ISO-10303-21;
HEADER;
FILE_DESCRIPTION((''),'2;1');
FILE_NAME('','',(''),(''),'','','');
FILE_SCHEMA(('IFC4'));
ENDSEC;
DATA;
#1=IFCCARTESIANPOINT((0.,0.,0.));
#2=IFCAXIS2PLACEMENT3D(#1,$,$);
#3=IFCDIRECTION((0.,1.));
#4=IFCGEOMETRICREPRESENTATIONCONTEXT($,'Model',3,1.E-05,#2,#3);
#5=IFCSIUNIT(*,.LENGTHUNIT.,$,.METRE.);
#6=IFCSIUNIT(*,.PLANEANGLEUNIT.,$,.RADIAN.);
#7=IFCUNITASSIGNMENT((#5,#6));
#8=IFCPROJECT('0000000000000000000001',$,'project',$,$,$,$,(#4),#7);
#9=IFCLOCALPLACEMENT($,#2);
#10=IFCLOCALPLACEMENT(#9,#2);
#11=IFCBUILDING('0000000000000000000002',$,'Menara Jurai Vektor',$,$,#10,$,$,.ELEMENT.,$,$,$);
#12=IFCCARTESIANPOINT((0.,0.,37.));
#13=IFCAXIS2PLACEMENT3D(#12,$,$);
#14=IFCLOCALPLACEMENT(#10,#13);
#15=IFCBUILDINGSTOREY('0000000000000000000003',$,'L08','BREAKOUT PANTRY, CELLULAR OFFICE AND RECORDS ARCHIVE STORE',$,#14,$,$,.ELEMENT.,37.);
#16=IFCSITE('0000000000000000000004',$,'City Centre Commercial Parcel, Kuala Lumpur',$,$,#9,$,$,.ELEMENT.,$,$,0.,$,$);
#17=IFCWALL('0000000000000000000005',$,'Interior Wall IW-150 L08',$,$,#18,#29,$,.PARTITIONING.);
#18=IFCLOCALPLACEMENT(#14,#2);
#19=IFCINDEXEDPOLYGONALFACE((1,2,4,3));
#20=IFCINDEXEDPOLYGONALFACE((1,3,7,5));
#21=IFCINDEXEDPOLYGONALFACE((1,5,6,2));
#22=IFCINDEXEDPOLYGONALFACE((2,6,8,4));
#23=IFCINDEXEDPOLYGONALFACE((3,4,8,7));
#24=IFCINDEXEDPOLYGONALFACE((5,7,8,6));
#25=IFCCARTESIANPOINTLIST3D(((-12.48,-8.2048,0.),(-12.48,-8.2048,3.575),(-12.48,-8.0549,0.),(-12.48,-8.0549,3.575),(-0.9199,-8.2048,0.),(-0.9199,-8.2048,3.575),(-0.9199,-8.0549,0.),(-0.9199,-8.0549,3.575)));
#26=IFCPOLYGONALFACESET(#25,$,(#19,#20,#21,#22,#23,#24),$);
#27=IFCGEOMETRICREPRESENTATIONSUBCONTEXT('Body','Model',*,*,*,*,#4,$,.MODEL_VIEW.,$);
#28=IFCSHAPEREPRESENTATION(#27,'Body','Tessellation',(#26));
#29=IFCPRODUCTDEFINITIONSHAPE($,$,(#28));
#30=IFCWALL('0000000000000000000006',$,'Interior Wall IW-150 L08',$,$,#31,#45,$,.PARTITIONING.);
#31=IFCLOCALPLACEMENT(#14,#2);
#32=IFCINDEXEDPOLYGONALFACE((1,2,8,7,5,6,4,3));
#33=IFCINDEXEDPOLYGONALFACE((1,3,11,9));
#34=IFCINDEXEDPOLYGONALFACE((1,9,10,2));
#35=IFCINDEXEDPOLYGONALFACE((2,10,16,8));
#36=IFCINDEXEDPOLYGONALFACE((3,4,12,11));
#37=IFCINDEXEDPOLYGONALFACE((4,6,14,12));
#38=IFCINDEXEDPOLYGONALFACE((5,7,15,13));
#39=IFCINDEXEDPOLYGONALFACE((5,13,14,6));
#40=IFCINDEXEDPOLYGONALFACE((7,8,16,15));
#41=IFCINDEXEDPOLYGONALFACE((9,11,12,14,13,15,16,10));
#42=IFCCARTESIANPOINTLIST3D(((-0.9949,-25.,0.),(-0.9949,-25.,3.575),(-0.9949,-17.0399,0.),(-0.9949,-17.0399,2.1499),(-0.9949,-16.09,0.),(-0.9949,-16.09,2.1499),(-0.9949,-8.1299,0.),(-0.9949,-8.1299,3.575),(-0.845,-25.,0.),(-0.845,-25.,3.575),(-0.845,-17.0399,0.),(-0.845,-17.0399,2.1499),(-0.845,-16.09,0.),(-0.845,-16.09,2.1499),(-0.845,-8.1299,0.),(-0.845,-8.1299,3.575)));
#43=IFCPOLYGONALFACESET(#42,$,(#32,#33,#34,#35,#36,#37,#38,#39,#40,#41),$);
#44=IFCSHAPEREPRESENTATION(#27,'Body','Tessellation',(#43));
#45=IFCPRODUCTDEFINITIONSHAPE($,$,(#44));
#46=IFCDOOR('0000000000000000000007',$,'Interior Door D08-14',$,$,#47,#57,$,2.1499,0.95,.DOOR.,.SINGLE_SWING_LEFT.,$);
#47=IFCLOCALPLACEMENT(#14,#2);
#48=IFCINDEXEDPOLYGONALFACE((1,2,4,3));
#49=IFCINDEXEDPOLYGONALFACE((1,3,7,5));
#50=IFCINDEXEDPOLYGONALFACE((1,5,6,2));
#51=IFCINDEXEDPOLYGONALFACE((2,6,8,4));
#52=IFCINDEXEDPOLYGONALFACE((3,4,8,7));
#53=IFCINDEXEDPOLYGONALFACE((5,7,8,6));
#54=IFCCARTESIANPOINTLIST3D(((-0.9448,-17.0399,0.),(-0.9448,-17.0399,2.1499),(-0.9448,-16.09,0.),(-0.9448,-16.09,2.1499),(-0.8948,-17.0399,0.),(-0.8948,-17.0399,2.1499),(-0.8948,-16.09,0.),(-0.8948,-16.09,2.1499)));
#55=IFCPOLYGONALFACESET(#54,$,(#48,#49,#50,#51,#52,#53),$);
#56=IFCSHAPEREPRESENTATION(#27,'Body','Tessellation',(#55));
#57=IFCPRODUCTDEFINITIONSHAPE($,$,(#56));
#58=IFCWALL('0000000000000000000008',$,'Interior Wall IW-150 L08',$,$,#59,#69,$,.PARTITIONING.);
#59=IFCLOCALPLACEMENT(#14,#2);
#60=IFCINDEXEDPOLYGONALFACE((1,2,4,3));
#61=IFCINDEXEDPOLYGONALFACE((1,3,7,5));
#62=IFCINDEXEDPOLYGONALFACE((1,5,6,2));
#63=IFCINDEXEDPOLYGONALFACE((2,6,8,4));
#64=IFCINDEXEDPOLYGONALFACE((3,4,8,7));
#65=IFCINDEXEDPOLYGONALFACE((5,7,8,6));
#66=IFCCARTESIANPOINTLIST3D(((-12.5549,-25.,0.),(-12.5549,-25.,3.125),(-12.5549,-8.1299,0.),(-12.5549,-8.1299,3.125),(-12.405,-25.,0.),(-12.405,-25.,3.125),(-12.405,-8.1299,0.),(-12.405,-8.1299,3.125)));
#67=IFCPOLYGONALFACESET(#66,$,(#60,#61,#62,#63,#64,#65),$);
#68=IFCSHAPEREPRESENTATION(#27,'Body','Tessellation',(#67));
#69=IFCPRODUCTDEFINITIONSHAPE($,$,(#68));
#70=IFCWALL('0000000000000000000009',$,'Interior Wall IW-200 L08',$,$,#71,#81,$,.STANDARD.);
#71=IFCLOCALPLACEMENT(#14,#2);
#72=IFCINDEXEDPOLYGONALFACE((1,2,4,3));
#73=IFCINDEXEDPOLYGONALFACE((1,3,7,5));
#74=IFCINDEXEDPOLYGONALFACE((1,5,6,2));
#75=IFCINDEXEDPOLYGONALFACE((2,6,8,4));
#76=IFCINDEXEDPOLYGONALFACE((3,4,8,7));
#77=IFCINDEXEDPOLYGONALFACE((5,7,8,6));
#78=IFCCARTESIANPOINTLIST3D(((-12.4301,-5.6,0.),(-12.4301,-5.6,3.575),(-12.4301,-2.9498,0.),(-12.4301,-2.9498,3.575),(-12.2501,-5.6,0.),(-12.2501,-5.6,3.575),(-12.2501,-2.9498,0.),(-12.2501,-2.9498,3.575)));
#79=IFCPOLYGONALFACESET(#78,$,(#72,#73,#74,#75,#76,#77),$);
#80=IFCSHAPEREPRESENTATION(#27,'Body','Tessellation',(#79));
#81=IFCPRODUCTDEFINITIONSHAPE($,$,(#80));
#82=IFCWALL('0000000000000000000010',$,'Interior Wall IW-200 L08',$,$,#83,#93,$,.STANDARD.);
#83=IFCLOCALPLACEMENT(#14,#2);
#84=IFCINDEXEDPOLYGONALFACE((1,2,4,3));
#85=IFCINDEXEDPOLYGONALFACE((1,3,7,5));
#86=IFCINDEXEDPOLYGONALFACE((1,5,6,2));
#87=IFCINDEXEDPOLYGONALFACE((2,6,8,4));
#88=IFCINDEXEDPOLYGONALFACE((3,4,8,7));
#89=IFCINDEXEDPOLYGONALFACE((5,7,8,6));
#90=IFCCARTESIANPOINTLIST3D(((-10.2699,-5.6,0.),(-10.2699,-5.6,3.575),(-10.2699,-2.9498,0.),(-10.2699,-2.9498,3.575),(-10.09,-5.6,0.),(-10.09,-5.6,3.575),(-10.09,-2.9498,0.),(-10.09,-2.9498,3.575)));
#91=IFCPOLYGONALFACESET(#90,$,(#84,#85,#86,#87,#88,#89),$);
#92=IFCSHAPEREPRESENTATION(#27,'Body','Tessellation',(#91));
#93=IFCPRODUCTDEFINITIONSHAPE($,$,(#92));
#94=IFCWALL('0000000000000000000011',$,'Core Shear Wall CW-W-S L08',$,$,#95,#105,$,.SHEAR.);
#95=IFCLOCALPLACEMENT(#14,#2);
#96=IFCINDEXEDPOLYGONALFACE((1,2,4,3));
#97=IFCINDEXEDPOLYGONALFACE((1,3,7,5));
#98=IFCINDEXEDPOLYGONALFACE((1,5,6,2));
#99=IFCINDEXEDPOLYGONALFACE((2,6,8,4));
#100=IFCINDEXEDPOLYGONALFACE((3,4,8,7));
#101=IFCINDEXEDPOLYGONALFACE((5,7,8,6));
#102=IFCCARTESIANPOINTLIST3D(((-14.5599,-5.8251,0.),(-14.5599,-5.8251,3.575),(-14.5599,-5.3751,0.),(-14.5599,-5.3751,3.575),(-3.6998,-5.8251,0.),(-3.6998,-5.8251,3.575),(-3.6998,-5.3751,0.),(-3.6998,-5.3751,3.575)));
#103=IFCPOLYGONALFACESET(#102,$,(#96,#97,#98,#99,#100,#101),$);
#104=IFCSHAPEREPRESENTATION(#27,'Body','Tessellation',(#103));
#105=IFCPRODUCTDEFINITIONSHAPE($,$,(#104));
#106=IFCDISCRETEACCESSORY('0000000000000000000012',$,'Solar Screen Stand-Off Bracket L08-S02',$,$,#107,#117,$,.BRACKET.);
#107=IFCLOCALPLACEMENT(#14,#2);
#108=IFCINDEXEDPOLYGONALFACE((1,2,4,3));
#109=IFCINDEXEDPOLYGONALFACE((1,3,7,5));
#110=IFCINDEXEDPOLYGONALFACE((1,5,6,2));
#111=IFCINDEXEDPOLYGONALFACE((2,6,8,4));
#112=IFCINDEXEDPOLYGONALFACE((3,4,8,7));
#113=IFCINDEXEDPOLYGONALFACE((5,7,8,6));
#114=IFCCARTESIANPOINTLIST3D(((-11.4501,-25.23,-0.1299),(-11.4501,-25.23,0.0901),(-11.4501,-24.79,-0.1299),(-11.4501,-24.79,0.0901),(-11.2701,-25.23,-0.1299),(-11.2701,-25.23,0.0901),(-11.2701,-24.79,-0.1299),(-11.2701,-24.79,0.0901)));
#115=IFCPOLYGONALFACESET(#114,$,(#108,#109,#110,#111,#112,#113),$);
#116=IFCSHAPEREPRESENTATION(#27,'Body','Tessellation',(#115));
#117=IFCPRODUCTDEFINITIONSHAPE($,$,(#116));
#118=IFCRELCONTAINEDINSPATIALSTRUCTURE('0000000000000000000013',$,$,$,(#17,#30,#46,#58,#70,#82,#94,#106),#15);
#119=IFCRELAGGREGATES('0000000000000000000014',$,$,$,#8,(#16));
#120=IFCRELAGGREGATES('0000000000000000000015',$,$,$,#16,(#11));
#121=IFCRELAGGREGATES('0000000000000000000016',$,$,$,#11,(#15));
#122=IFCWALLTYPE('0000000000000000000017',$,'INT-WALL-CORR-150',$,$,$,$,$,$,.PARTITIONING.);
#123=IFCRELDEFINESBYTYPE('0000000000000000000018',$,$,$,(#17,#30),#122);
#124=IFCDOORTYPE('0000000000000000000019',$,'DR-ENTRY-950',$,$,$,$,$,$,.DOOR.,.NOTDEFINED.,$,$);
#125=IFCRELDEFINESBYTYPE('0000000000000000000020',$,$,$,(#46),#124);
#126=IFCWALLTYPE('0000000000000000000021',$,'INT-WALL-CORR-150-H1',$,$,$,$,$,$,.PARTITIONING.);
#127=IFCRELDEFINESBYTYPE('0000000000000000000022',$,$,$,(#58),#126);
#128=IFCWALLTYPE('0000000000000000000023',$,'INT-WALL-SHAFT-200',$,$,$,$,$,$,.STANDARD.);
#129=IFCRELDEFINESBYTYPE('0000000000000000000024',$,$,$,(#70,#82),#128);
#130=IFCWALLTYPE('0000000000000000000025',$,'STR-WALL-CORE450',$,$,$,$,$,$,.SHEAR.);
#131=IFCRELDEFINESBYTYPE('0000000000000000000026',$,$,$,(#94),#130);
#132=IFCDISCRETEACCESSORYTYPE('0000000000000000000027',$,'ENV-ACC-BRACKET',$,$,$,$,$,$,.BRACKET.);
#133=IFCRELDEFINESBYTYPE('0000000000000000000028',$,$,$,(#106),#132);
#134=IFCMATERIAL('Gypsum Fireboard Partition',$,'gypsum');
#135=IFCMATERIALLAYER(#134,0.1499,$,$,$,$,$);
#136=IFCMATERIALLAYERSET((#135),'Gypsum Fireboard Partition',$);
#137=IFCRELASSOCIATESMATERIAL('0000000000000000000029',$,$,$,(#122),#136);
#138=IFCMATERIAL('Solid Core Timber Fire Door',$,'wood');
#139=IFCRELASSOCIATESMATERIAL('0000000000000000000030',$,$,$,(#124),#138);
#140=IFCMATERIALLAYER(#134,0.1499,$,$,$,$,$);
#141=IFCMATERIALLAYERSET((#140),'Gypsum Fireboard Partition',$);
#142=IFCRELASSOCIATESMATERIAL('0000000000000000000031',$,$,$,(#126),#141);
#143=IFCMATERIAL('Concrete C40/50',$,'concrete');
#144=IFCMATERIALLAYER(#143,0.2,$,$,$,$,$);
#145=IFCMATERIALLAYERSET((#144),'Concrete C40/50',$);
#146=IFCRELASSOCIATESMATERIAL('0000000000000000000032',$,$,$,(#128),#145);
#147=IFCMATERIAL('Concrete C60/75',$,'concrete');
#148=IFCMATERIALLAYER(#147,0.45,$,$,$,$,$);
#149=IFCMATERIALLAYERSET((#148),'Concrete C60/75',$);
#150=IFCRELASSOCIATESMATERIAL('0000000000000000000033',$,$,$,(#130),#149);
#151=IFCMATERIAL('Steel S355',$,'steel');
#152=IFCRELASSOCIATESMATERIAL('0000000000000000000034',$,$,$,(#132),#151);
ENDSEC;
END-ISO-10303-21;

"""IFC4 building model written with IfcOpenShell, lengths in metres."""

from ifc_helpers import new_model, si_unit, direction, frame, frame_2d, origin, origin_2d, place, context, subcontext, project, spatial, rectangle, extrude, material, layer, layer_set, type_object, element, fill, save


model = new_model("IFC4")

# Units and contexts
model_context = context("Model", 3, precision=1e-05, world=origin(), true_north=direction((0.0, 1.0)))
body_context = subcontext(model_context, "Body", "Model", "MODEL_VIEW")
ifc_project = project(units=[si_unit("LENGTHUNIT", "METRE"), si_unit("PLANEANGLEUNIT", "RADIAN")], contexts=[model_context])

# Site, building, storey
site_placement = place(None, origin())
site = spatial("IfcSite", under=ifc_project, at=site_placement, Name="City Centre Commercial Parcel, Kuala Lumpur", CompositionType="ELEMENT", RefElevation=0.0)
building_placement = place(site_placement, origin())
building = spatial("IfcBuilding", under=site, at=building_placement, Name="Menara Jurai Vektor", CompositionType="ELEMENT")
storey_placement = place(building_placement, frame((0.0, 0.0, 37.0)))
storey = spatial("IfcBuildingStorey", under=building, at=storey_placement, Name="L08", Description="BREAKOUT PANTRY, CELLULAR OFFICE AND RECORDS ARCHIVE STORE", CompositionType="ELEMENT", Elevation=37.0)

# Shared definitions
ifc_material_1 = material(Name="Concrete C60/75", Category="concrete")

# Shared definitions
ifc_material_2 = material(Name="Steel S355", Category="steel")

# Shared definitions
ifc_material_3 = material(Name="Gypsum Fireboard Partition", Category="gypsum")
ifc_layer_1 = layer(ifc_material_3, 0.1499)
ifc_layer_set_1 = layer_set([ifc_layer_1], Name="Gypsum Fireboard Partition")
wall_type_1 = type_object("IfcWallType", Name="INT-WALL-CORR-150", PredefinedType="PARTITIONING", material=ifc_layer_set_1)

# Shared definitions
ifc_material_4 = material(Name="Solid Core Timber Fire Door", Category="wood")
door_type = type_object("IfcDoorType", Name="DR-ENTRY-950", OperationType="NOTDEFINED", PredefinedType="DOOR", material=ifc_material_4)

# Wall
wall_1_placement = place(storey_placement, frame((-12.48, -8.1299, 0.0), z_axis=(0.0, 0.0, 1.0), x_axis=(1.0, 0.0, 0.0)))
element("IfcWall", 1, at=wall_1_placement, inside=storey, type_object=wall_type_1, Name="Interior Wall IW-150 L08", PredefinedType="PARTITIONING", context=body_context, shape_type="SweptSolid", body=[
    extrude(rectangle(XDim=11.5601, YDim=0.1499, at=frame_2d((5.78, 0.0))), origin(), (0.0, 0.0, 1.0), 3.575),
])

# Wall, opening, door
wall_2_placement = place(storey_placement, frame((-0.9199, -25.0, 0.0), z_axis=(0.0, 0.0, 1.0), x_axis=(0.0, 1.0, 0.0)))
wall_2 = element("IfcWall", 2, at=wall_2_placement, inside=storey, type_object=wall_type_1, Name="Interior Wall IW-150 L08", PredefinedType="PARTITIONING", context=body_context, shape_type="SweptSolid", body=[
    extrude(rectangle(XDim=16.8701, YDim=0.1499, at=frame_2d((8.4351, 0.0))), origin(), (0.0, 0.0, 1.0), 3.575),
])
opening_1_placement = place(wall_2_placement, frame((7.96, 0.0, 0.0)))
opening_1 = element("IfcOpeningElement", 3, at=opening_1_placement, cuts=wall_2, PredefinedType="OPENING", context=body_context, shape_type="SweptSolid", body=[
    extrude(rectangle(XDim=0.95, YDim=2.1499, at=frame_2d((0.4751, 1.075))), frame((0.0, 0.085, 0.0), z_axis=(0.0, -1.0, 0.0), x_axis=(1.0, 0.0, 0.0)), (0.0, 0.0, 1.0), 0.1699),
])
door_1_placement = place(opening_1_placement, origin())
door_1 = element("IfcDoor", 4, at=door_1_placement, inside=storey, type_object=door_type, Name="Interior Door D08-14", OperationType="SINGLE_SWING_LEFT", OverallHeight=2.1499, OverallWidth=0.95, PredefinedType="DOOR", context=body_context, shape_type="SweptSolid", body=[
    extrude(rectangle(XDim=0.95, YDim=2.1499, at=frame_2d((0.4751, 1.075))), frame((0.0, 0.0249, 0.0), z_axis=(0.0, -1.0, 0.0), x_axis=(1.0, 0.0, 0.0)), (0.0, 0.0, 1.0), 0.05),
])
fill(opening_1, door_1)

# Walls
ifc_layer_2 = layer(ifc_material_3, 0.1499)
ifc_layer_set_2 = layer_set([ifc_layer_2], Name="Gypsum Fireboard Partition")
wall_type_2 = type_object("IfcWallType", Name="INT-WALL-CORR-150-H1", PredefinedType="PARTITIONING", material=ifc_layer_set_2)
wall_3_placement = place(storey_placement, frame((-12.48, -25.0, 0.0), z_axis=(0.0, 0.0, 1.0), x_axis=(0.0, 1.0, 0.0)))
element("IfcWall", 5, at=wall_3_placement, inside=storey, type_object=wall_type_2, Name="Interior Wall IW-150 L08", PredefinedType="PARTITIONING", context=body_context, shape_type="SweptSolid", body=[
    extrude(rectangle(XDim=16.8701, YDim=0.1499, at=frame_2d((8.4351, 0.0))), origin(), (0.0, 0.0, 1.0), 3.125),
])
ifc_material_5 = material(Name="Concrete C40/50", Category="concrete")
ifc_layer_3 = layer(ifc_material_5, 0.2)
ifc_layer_set_3 = layer_set([ifc_layer_3], Name="Concrete C40/50")
wall_type_3 = type_object("IfcWallType", Name="INT-WALL-SHAFT-200", PredefinedType="STANDARD", material=ifc_layer_set_3)
for number, where, z_axis, x_axis, name in (
    (6, (-12.3401, -5.6001, 0.0), (0.0, 0.0, 1.0), (0.0, 1.0, 0.0), "Interior Wall IW-200 L08"),
    (7, (-10.1799, -5.6001, 0.0), (0.0, 0.0, 1.0), (0.0, 1.0, 0.0), "Interior Wall IW-200 L08"),
):
    element("IfcWall", number, at=place(storey_placement, frame(where, z_axis=z_axis, x_axis=x_axis)), inside=storey, type_object=wall_type_3, Name=name, PredefinedType="STANDARD", context=body_context, shape_type="SweptSolid", body=[
        extrude(rectangle(XDim=2.6501, YDim=0.1799, at=frame_2d((1.3252, 0.0))), origin(), (0.0, 0.0, 1.0), 3.575),
    ])
ifc_layer_4 = layer(ifc_material_1, 0.45)
ifc_layer_set_4 = layer_set([ifc_layer_4], Name="Concrete C60/75")
wall_type_4 = type_object("IfcWallType", Name="STR-WALL-CORE450", PredefinedType="SHEAR", material=ifc_layer_set_4)
wall_4_placement = place(storey_placement, frame((-14.5601, -5.6001, 0.0), z_axis=(0.0, 0.0, 1.0), x_axis=(1.0, 0.0, 0.0)))
element("IfcWall", 8, at=wall_4_placement, inside=storey, type_object=wall_type_4, Name="Core Shear Wall CW-W-S L08", PredefinedType="SHEAR", context=body_context, shape_type="SweptSolid", body=[
    extrude(rectangle(XDim=10.8601, YDim=0.45, at=frame_2d((5.4302, 0.0))), origin(), (0.0, 0.0, 1.0), 3.575),
])

# Discrete accessory
discrete_accessory_type = type_object("IfcDiscreteAccessoryType", Name="ENV-ACC-BRACKET", PredefinedType="BRACKET", material=ifc_material_2)
discrete_accessory_placement = place(storey_placement, frame((-11.3601, -25.01, -0.1299), z_axis=(0.0, 0.0, 1.0), x_axis=(1.0, 0.0, 0.0)))
element("IfcDiscreteAccessory", 9, at=discrete_accessory_placement, inside=storey, type_object=discrete_accessory_type, Name="Solar Screen Stand-Off Bracket L08-S02", PredefinedType="BRACKET", context=body_context, shape_type="SweptSolid", body=[
    extrude(rectangle(XDim=0.1799, YDim=0.4399, at=origin_2d()), origin(), (0.0, 0.0, 1.0), 0.22),
])

save(model, "model.ifc")
